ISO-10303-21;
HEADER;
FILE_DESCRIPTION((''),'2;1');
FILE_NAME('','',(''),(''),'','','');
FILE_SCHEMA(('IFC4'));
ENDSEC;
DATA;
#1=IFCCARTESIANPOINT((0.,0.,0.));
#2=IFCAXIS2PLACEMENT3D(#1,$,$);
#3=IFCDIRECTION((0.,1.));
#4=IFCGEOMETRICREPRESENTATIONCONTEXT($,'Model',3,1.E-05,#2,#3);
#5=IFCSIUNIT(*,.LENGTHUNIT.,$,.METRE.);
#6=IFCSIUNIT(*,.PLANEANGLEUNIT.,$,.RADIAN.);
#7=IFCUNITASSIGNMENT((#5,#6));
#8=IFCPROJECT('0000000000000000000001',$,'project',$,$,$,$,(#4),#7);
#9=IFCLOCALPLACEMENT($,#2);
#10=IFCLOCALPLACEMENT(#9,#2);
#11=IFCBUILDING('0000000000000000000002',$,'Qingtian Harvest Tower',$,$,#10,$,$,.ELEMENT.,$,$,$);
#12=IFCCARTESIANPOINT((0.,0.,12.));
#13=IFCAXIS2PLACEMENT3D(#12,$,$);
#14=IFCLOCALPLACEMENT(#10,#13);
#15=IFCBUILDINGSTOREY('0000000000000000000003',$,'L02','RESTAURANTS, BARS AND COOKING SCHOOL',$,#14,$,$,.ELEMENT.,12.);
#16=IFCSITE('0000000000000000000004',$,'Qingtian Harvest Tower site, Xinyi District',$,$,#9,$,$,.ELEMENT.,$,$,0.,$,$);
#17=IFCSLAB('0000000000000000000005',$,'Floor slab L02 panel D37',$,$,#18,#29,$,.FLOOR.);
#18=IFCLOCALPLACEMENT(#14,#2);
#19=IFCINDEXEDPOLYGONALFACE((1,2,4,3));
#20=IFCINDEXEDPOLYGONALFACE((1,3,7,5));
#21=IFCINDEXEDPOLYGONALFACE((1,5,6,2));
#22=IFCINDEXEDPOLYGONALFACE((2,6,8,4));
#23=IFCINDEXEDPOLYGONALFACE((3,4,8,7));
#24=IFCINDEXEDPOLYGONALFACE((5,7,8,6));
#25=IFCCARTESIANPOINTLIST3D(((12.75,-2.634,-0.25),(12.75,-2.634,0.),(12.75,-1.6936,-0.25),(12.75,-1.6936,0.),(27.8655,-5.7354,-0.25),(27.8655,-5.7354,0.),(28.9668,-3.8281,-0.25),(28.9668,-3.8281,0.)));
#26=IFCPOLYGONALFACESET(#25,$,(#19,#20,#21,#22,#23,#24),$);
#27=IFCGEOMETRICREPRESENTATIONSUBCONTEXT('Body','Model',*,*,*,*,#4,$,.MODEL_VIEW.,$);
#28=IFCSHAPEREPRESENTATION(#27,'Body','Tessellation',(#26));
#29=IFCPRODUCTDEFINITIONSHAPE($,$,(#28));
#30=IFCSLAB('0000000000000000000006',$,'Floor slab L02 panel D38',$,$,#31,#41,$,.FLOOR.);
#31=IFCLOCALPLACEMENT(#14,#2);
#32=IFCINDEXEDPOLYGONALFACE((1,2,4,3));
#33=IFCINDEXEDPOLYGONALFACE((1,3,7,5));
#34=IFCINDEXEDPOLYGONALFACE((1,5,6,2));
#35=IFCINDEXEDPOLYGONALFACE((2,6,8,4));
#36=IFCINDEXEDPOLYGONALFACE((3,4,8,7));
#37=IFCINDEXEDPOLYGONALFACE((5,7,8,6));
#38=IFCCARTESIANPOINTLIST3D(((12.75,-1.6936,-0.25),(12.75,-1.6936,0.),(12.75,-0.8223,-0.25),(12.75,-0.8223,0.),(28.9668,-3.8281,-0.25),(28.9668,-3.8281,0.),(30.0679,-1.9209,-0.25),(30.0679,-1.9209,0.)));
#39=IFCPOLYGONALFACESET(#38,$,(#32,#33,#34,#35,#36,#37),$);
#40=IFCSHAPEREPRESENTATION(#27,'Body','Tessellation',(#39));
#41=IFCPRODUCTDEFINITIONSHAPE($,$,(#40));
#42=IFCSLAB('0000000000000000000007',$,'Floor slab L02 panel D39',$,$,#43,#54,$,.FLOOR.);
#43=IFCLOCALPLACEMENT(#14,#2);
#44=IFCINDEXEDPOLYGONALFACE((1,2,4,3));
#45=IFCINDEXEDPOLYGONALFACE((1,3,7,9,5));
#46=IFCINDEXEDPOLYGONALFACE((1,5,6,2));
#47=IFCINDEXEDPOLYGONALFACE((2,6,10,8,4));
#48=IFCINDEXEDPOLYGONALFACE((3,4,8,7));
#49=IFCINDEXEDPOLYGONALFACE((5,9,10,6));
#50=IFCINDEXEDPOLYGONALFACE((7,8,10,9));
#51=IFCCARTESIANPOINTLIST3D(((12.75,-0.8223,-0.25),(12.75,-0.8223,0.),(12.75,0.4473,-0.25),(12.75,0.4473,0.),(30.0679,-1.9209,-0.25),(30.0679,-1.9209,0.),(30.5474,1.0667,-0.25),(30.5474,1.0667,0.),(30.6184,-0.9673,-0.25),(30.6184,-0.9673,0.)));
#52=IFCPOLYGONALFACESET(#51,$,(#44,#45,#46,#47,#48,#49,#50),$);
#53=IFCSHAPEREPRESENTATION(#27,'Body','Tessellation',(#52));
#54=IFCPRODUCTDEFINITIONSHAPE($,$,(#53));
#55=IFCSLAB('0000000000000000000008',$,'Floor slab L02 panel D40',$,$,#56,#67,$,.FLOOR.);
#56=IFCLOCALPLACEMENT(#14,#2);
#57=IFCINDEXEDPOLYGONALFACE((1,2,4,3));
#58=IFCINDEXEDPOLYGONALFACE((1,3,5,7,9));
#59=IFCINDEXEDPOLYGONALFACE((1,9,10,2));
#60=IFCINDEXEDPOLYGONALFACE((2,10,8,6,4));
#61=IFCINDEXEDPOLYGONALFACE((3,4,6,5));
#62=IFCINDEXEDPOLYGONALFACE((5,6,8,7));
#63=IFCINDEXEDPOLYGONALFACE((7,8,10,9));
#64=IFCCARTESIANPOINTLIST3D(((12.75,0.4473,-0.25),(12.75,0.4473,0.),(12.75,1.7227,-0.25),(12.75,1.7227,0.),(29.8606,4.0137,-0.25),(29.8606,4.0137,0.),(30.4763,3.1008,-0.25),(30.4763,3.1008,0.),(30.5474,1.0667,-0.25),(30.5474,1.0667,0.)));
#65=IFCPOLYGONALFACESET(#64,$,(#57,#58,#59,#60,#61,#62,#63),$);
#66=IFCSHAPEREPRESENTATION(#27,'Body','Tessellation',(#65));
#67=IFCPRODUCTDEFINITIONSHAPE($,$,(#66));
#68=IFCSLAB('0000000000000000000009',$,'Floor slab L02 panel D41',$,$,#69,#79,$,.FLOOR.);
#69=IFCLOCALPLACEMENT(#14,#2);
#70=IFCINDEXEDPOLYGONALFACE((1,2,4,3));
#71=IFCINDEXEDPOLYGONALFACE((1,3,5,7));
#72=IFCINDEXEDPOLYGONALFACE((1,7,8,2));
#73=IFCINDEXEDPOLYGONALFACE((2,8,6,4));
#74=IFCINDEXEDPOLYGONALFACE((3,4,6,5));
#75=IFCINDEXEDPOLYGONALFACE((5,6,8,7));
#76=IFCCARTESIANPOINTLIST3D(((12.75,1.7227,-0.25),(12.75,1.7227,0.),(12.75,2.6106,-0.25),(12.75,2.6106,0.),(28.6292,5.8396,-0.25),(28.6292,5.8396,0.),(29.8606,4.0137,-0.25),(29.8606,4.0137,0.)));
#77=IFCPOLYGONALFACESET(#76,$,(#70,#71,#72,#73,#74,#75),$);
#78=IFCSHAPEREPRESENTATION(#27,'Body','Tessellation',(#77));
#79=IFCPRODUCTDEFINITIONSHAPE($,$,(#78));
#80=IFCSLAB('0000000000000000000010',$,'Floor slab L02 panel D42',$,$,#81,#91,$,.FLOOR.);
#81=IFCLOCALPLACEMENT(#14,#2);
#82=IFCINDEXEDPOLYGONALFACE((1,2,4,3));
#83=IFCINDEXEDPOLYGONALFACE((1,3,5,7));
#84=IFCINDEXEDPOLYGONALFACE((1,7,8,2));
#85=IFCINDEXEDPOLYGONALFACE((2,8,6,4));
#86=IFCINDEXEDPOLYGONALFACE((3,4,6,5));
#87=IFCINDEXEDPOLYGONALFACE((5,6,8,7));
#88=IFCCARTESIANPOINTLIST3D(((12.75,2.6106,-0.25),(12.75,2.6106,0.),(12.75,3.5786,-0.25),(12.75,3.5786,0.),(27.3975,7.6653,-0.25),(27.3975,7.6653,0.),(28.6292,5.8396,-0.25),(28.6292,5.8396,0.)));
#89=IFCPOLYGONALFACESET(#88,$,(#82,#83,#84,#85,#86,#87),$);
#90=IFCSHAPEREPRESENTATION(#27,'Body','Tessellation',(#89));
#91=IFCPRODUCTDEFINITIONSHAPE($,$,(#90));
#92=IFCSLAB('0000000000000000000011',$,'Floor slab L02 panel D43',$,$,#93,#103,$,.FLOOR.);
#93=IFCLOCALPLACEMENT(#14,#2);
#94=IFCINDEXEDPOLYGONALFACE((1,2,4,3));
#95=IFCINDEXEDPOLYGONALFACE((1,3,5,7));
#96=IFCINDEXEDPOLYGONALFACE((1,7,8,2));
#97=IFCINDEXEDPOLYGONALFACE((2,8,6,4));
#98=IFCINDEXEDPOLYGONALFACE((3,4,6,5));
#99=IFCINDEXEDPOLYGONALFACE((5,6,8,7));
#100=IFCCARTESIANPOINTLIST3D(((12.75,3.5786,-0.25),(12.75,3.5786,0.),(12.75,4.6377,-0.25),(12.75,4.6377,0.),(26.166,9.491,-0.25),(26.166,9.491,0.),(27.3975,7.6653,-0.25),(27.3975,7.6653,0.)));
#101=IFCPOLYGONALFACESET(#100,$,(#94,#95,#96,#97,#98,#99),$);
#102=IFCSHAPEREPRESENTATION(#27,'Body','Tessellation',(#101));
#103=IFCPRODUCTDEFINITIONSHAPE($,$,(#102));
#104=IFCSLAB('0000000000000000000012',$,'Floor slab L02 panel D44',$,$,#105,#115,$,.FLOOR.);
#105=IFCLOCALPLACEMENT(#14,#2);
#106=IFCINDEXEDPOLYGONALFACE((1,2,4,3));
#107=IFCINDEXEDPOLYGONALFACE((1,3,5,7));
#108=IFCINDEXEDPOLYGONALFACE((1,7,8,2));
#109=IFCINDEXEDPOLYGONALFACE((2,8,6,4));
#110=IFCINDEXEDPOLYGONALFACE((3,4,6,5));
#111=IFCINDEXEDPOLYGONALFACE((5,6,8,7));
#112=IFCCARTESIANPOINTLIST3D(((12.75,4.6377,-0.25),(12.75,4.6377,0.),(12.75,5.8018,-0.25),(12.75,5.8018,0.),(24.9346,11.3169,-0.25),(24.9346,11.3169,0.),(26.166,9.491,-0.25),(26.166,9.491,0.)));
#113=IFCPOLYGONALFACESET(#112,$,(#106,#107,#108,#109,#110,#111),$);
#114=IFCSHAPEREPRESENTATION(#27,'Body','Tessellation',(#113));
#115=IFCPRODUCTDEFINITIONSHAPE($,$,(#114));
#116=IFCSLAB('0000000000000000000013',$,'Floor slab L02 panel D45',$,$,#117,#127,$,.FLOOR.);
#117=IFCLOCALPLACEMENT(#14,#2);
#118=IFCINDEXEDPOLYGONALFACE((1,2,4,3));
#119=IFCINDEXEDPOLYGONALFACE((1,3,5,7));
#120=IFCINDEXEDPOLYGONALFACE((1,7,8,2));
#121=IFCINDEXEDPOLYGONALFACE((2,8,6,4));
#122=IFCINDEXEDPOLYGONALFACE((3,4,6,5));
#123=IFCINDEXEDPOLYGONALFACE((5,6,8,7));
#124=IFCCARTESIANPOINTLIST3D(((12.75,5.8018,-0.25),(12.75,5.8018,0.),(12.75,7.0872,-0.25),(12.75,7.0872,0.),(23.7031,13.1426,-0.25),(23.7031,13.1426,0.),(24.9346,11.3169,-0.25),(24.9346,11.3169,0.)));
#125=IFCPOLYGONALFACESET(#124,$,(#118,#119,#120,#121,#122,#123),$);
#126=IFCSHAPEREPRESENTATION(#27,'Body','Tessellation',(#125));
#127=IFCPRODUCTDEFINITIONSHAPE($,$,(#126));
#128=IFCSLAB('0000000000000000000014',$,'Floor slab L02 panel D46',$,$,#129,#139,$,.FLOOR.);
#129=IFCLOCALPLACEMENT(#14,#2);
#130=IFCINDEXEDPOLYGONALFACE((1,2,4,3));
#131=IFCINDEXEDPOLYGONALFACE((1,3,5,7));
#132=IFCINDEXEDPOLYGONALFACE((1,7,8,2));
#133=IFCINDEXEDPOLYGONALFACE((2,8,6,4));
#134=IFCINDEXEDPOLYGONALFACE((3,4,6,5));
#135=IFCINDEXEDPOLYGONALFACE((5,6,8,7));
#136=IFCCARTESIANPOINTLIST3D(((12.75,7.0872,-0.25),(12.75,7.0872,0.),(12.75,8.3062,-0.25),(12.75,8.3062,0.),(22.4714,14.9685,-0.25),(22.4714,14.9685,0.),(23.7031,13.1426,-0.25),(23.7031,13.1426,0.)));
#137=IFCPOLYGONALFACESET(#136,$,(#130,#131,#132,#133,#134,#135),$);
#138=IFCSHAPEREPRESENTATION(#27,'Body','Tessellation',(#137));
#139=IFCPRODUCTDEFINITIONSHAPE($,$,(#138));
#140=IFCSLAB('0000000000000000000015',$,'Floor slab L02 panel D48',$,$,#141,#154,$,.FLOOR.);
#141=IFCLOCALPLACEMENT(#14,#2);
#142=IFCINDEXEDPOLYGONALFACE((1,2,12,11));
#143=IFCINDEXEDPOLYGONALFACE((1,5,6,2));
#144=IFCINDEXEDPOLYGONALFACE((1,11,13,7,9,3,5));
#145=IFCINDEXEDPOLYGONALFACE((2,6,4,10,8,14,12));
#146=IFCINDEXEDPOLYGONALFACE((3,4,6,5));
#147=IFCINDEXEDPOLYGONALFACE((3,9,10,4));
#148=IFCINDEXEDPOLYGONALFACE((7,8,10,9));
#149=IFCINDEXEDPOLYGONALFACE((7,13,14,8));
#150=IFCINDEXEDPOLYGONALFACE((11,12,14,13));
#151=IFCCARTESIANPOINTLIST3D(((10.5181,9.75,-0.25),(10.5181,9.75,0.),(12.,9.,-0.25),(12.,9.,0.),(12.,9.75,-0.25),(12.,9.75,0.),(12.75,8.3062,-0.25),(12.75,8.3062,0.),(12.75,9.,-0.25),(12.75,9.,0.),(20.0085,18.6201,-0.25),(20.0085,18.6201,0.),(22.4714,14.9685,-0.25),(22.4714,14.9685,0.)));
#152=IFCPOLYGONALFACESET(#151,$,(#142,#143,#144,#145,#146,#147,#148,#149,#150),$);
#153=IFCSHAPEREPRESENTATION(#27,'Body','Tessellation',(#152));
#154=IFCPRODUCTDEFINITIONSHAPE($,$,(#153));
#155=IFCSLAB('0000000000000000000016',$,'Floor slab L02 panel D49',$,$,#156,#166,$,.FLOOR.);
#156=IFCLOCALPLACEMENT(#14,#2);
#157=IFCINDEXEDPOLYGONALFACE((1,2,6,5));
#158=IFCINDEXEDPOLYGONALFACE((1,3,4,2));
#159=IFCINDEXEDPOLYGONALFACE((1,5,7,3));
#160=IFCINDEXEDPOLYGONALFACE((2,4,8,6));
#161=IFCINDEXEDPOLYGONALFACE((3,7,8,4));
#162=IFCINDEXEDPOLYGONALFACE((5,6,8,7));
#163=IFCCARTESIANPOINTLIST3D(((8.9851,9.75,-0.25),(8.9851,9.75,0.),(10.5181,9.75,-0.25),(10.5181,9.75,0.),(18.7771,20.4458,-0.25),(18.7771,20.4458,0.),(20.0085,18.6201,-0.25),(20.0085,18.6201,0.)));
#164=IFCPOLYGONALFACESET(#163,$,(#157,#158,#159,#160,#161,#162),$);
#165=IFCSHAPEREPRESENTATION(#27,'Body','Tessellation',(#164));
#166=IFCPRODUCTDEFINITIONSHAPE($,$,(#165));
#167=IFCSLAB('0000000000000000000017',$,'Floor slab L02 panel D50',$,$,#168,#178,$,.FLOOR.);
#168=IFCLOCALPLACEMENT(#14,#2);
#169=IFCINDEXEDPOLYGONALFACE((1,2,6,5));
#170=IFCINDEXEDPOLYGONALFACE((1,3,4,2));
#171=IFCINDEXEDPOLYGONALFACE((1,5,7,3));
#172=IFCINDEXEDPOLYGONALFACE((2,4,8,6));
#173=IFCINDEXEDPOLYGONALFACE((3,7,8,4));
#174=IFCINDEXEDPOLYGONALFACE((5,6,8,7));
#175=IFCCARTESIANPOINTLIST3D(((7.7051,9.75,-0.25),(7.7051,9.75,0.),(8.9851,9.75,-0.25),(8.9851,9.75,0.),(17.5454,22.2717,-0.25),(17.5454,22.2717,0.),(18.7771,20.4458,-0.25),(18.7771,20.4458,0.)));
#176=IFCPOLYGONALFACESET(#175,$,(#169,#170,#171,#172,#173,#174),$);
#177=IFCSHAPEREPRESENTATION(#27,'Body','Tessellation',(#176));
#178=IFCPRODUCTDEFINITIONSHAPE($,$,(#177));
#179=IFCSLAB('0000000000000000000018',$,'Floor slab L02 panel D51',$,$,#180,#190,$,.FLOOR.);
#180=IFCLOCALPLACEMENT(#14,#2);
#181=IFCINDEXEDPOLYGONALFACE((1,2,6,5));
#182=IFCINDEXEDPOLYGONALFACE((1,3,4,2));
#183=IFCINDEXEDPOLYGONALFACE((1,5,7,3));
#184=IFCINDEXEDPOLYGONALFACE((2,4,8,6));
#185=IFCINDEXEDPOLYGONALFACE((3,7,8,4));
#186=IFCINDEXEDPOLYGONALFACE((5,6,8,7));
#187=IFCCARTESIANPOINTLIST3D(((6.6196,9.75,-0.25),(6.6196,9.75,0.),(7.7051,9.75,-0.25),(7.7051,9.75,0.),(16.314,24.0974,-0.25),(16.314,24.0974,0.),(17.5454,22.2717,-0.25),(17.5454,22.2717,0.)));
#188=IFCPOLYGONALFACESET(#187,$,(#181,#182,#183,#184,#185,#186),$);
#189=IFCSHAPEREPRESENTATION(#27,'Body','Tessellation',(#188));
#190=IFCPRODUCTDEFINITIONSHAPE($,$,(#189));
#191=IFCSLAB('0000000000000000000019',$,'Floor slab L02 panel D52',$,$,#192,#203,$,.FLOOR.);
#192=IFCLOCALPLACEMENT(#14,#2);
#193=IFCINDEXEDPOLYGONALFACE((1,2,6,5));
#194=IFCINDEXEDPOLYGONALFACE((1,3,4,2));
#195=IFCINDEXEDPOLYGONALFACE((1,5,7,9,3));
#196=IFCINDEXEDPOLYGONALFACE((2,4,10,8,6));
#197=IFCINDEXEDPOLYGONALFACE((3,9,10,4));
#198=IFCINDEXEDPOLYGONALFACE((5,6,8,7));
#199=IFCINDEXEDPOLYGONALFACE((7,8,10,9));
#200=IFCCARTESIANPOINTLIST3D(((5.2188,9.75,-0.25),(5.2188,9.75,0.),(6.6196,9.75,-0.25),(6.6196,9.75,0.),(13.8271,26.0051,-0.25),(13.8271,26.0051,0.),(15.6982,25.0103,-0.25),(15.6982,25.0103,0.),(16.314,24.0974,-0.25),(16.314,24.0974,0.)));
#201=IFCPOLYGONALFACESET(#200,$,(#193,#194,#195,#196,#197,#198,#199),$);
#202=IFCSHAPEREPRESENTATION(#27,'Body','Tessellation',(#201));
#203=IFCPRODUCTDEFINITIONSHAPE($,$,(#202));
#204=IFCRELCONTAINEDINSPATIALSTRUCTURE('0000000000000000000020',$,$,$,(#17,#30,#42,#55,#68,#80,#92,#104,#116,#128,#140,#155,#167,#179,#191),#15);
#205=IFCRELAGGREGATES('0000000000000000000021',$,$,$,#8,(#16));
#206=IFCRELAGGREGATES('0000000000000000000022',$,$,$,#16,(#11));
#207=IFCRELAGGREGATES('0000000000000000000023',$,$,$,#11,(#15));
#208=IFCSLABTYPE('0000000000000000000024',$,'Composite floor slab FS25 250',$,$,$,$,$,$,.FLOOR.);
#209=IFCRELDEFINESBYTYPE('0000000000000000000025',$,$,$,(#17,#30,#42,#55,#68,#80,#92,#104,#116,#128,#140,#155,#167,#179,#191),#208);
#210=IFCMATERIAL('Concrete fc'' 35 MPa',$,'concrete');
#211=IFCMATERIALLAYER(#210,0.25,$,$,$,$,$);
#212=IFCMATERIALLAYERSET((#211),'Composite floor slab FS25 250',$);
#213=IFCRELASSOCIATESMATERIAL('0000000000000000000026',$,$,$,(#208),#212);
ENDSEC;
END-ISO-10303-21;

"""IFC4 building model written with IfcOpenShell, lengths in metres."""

from ifc_helpers import new_model, si_unit, direction, frame, origin, place, context, subcontext, project, spatial, polyline, outline, extrude, material, layer, layer_set, type_object, element, save


model = new_model("IFC4")

# Units and contexts
model_context = context("Model", 3, precision=1e-05, world=origin(), true_north=direction((0.0, 1.0)))
body_context = subcontext(model_context, "Body", "Model", "MODEL_VIEW")
ifc_project = project(units=[si_unit("LENGTHUNIT", "METRE"), si_unit("PLANEANGLEUNIT", "RADIAN")], contexts=[model_context])

# Site, building, storey
site_placement = place(None, origin())
site = spatial("IfcSite", under=ifc_project, at=site_placement, Name="Qingtian Harvest Tower site, Xinyi District", CompositionType="ELEMENT", RefElevation=0.0)
building_placement = place(site_placement, origin())
building = spatial("IfcBuilding", under=site, at=building_placement, Name="Qingtian Harvest Tower", CompositionType="ELEMENT")
storey_placement = place(building_placement, frame((0.0, 0.0, 12.0)))
storey = spatial("IfcBuildingStorey", under=building, at=storey_placement, Name="L02", Description="RESTAURANTS, BARS AND COOKING SCHOOL", CompositionType="ELEMENT", Elevation=12.0)

# Slabs
ifc_material = material(Name="Concrete fc' 35 MPa", Category="concrete")
ifc_layer = layer(ifc_material, 0.25)
ifc_layer_set = layer_set([ifc_layer], Name="Composite floor slab FS25 250")
slab_type = type_object("IfcSlabType", Name="Composite floor slab FS25 250", PredefinedType="FLOOR", material=ifc_layer_set)
slab_1_placement = place(storey_placement, frame((0.0, 0.0, -0.25)))
element("IfcSlab", 1, at=slab_1_placement, inside=storey, type_object=slab_type, Name="Floor slab L02 panel D37", PredefinedType="FLOOR", context=body_context, shape_type="SweptSolid", body=[
    extrude(outline(polyline([(12.75, -1.6936), (28.9668, -3.8281), (27.8655, -5.7354), (12.75, -2.634), (12.75, -1.6936)])), origin(), (0.0, 0.0, 1.0), 0.25),
])
slab_2_placement = place(storey_placement, frame((0.0, 0.0, -0.25)))
element("IfcSlab", 2, at=slab_2_placement, inside=storey, type_object=slab_type, Name="Floor slab L02 panel D38", PredefinedType="FLOOR", context=body_context, shape_type="SweptSolid", body=[
    extrude(outline(polyline([(12.75, -0.8223), (30.0679, -1.9209), (28.9668, -3.8281), (12.75, -1.6936), (12.75, -0.8223)])), origin(), (0.0, 0.0, 1.0), 0.25),
])
slab_3_placement = place(storey_placement, frame((0.0, 0.0, -0.25)))
element("IfcSlab", 3, at=slab_3_placement, inside=storey, type_object=slab_type, Name="Floor slab L02 panel D39", PredefinedType="FLOOR", context=body_context, shape_type="SweptSolid", body=[
    extrude(outline(polyline([(12.75, -0.8223), (12.75, 0.4473), (30.5474, 1.0667), (30.6184, -0.9673), (30.0679, -1.9209), (12.75, -0.8223)])), origin(), (0.0, 0.0, 1.0), 0.25),
])
slab_4_placement = place(storey_placement, frame((0.0, 0.0, -0.25)))
element("IfcSlab", 4, at=slab_4_placement, inside=storey, type_object=slab_type, Name="Floor slab L02 panel D40", PredefinedType="FLOOR", context=body_context, shape_type="SweptSolid", body=[
    extrude(outline(polyline([(12.75, 0.4473), (12.75, 1.7227), (29.8606, 4.0137), (30.4763, 3.1008), (30.5474, 1.0667), (12.75, 0.4473)])), origin(), (0.0, 0.0, 1.0), 0.25),
])
slab_5_placement = place(storey_placement, frame((0.0, 0.0, -0.25)))
element("IfcSlab", 5, at=slab_5_placement, inside=storey, type_object=slab_type, Name="Floor slab L02 panel D41", PredefinedType="FLOOR", context=body_context, shape_type="SweptSolid", body=[
    extrude(outline(polyline([(12.75, 2.6106), (28.6292, 5.8396), (29.8606, 4.0137), (12.75, 1.7227), (12.75, 2.6106)])), origin(), (0.0, 0.0, 1.0), 0.25),
])
slab_6_placement = place(storey_placement, frame((0.0, 0.0, -0.25)))
element("IfcSlab", 6, at=slab_6_placement, inside=storey, type_object=slab_type, Name="Floor slab L02 panel D42", PredefinedType="FLOOR", context=body_context, shape_type="SweptSolid", body=[
    extrude(outline(polyline([(12.75, 3.5786), (27.3975, 7.6653), (28.6292, 5.8396), (12.75, 2.6106), (12.75, 3.5786)])), origin(), (0.0, 0.0, 1.0), 0.25),
])
slab_7_placement = place(storey_placement, frame((0.0, 0.0, -0.25)))
element("IfcSlab", 7, at=slab_7_placement, inside=storey, type_object=slab_type, Name="Floor slab L02 panel D43", PredefinedType="FLOOR", context=body_context, shape_type="SweptSolid", body=[
    extrude(outline(polyline([(12.75, 4.6377), (26.166, 9.491), (27.3975, 7.6653), (12.75, 3.5786), (12.75, 4.6377)])), origin(), (0.0, 0.0, 1.0), 0.25),
])
slab_8_placement = place(storey_placement, frame((0.0, 0.0, -0.25)))
element("IfcSlab", 8, at=slab_8_placement, inside=storey, type_object=slab_type, Name="Floor slab L02 panel D44", PredefinedType="FLOOR", context=body_context, shape_type="SweptSolid", body=[
    extrude(outline(polyline([(12.75, 5.8018), (24.9346, 11.3169), (26.166, 9.491), (12.75, 4.6377), (12.75, 5.8018)])), origin(), (0.0, 0.0, 1.0), 0.25),
])
slab_9_placement = place(storey_placement, frame((0.0, 0.0, -0.25)))
element("IfcSlab", 9, at=slab_9_placement, inside=storey, type_object=slab_type, Name="Floor slab L02 panel D45", PredefinedType="FLOOR", context=body_context, shape_type="SweptSolid", body=[
    extrude(outline(polyline([(12.75, 7.0872), (23.7031, 13.1426), (24.9346, 11.3169), (12.75, 5.8018), (12.75, 7.0872)])), origin(), (0.0, 0.0, 1.0), 0.25),
])
slab_10_placement = place(storey_placement, frame((0.0, 0.0, -0.25)))
element("IfcSlab", 10, at=slab_10_placement, inside=storey, type_object=slab_type, Name="Floor slab L02 panel D46", PredefinedType="FLOOR", context=body_context, shape_type="SweptSolid", body=[
    extrude(outline(polyline([(12.75, 8.3062), (22.4714, 14.9685), (23.7031, 13.1426), (12.75, 7.0872), (12.75, 8.3062)])), origin(), (0.0, 0.0, 1.0), 0.25),
])
slab_11_placement = place(storey_placement, frame((0.0, 0.0, -0.25)))
element("IfcSlab", 11, at=slab_11_placement, inside=storey, type_object=slab_type, Name="Floor slab L02 panel D48", PredefinedType="FLOOR", context=body_context, shape_type="SweptSolid", body=[
    extrude(outline(polyline([(20.0085, 18.6201), (22.4714, 14.9685), (12.75, 8.3062), (12.75, 9.0), (12.0, 9.0), (12.0, 9.75), (10.5181, 9.75), (20.0085, 18.6201)])), origin(), (0.0, 0.0, 1.0), 0.25),
])
slab_12_placement = place(storey_placement, frame((0.0, 0.0, -0.25)))
element("IfcSlab", 12, at=slab_12_placement, inside=storey, type_object=slab_type, Name="Floor slab L02 panel D49", PredefinedType="FLOOR", context=body_context, shape_type="SweptSolid", body=[
    extrude(outline(polyline([(8.9851, 9.75), (18.7771, 20.4458), (20.0085, 18.6201), (10.5181, 9.75), (8.9851, 9.75)])), origin(), (0.0, 0.0, 1.0), 0.25),
])
slab_13_placement = place(storey_placement, frame((0.0, 0.0, -0.25)))
element("IfcSlab", 13, at=slab_13_placement, inside=storey, type_object=slab_type, Name="Floor slab L02 panel D50", PredefinedType="FLOOR", context=body_context, shape_type="SweptSolid", body=[
    extrude(outline(polyline([(7.7051, 9.75), (17.5454, 22.2717), (18.7771, 20.4458), (8.9851, 9.75), (7.7051, 9.75)])), origin(), (0.0, 0.0, 1.0), 0.25),
])
slab_14_placement = place(storey_placement, frame((0.0, 0.0, -0.25)))
element("IfcSlab", 14, at=slab_14_placement, inside=storey, type_object=slab_type, Name="Floor slab L02 panel D51", PredefinedType="FLOOR", context=body_context, shape_type="SweptSolid", body=[
    extrude(outline(polyline([(6.6196, 9.75), (16.314, 24.0974), (17.5454, 22.2717), (7.7051, 9.75), (6.6196, 9.75)])), origin(), (0.0, 0.0, 1.0), 0.25),
])
slab_15_placement = place(storey_placement, frame((0.0, 0.0, -0.25)))
element("IfcSlab", 15, at=slab_15_placement, inside=storey, type_object=slab_type, Name="Floor slab L02 panel D52", PredefinedType="FLOOR", context=body_context, shape_type="SweptSolid", body=[
    extrude(outline(polyline([(6.6196, 9.75), (5.2188, 9.75), (13.8271, 26.0051), (15.6982, 25.0103), (16.314, 24.0974), (6.6196, 9.75)])), origin(), (0.0, 0.0, 1.0), 0.25),
])

save(model, "model.ifc")
